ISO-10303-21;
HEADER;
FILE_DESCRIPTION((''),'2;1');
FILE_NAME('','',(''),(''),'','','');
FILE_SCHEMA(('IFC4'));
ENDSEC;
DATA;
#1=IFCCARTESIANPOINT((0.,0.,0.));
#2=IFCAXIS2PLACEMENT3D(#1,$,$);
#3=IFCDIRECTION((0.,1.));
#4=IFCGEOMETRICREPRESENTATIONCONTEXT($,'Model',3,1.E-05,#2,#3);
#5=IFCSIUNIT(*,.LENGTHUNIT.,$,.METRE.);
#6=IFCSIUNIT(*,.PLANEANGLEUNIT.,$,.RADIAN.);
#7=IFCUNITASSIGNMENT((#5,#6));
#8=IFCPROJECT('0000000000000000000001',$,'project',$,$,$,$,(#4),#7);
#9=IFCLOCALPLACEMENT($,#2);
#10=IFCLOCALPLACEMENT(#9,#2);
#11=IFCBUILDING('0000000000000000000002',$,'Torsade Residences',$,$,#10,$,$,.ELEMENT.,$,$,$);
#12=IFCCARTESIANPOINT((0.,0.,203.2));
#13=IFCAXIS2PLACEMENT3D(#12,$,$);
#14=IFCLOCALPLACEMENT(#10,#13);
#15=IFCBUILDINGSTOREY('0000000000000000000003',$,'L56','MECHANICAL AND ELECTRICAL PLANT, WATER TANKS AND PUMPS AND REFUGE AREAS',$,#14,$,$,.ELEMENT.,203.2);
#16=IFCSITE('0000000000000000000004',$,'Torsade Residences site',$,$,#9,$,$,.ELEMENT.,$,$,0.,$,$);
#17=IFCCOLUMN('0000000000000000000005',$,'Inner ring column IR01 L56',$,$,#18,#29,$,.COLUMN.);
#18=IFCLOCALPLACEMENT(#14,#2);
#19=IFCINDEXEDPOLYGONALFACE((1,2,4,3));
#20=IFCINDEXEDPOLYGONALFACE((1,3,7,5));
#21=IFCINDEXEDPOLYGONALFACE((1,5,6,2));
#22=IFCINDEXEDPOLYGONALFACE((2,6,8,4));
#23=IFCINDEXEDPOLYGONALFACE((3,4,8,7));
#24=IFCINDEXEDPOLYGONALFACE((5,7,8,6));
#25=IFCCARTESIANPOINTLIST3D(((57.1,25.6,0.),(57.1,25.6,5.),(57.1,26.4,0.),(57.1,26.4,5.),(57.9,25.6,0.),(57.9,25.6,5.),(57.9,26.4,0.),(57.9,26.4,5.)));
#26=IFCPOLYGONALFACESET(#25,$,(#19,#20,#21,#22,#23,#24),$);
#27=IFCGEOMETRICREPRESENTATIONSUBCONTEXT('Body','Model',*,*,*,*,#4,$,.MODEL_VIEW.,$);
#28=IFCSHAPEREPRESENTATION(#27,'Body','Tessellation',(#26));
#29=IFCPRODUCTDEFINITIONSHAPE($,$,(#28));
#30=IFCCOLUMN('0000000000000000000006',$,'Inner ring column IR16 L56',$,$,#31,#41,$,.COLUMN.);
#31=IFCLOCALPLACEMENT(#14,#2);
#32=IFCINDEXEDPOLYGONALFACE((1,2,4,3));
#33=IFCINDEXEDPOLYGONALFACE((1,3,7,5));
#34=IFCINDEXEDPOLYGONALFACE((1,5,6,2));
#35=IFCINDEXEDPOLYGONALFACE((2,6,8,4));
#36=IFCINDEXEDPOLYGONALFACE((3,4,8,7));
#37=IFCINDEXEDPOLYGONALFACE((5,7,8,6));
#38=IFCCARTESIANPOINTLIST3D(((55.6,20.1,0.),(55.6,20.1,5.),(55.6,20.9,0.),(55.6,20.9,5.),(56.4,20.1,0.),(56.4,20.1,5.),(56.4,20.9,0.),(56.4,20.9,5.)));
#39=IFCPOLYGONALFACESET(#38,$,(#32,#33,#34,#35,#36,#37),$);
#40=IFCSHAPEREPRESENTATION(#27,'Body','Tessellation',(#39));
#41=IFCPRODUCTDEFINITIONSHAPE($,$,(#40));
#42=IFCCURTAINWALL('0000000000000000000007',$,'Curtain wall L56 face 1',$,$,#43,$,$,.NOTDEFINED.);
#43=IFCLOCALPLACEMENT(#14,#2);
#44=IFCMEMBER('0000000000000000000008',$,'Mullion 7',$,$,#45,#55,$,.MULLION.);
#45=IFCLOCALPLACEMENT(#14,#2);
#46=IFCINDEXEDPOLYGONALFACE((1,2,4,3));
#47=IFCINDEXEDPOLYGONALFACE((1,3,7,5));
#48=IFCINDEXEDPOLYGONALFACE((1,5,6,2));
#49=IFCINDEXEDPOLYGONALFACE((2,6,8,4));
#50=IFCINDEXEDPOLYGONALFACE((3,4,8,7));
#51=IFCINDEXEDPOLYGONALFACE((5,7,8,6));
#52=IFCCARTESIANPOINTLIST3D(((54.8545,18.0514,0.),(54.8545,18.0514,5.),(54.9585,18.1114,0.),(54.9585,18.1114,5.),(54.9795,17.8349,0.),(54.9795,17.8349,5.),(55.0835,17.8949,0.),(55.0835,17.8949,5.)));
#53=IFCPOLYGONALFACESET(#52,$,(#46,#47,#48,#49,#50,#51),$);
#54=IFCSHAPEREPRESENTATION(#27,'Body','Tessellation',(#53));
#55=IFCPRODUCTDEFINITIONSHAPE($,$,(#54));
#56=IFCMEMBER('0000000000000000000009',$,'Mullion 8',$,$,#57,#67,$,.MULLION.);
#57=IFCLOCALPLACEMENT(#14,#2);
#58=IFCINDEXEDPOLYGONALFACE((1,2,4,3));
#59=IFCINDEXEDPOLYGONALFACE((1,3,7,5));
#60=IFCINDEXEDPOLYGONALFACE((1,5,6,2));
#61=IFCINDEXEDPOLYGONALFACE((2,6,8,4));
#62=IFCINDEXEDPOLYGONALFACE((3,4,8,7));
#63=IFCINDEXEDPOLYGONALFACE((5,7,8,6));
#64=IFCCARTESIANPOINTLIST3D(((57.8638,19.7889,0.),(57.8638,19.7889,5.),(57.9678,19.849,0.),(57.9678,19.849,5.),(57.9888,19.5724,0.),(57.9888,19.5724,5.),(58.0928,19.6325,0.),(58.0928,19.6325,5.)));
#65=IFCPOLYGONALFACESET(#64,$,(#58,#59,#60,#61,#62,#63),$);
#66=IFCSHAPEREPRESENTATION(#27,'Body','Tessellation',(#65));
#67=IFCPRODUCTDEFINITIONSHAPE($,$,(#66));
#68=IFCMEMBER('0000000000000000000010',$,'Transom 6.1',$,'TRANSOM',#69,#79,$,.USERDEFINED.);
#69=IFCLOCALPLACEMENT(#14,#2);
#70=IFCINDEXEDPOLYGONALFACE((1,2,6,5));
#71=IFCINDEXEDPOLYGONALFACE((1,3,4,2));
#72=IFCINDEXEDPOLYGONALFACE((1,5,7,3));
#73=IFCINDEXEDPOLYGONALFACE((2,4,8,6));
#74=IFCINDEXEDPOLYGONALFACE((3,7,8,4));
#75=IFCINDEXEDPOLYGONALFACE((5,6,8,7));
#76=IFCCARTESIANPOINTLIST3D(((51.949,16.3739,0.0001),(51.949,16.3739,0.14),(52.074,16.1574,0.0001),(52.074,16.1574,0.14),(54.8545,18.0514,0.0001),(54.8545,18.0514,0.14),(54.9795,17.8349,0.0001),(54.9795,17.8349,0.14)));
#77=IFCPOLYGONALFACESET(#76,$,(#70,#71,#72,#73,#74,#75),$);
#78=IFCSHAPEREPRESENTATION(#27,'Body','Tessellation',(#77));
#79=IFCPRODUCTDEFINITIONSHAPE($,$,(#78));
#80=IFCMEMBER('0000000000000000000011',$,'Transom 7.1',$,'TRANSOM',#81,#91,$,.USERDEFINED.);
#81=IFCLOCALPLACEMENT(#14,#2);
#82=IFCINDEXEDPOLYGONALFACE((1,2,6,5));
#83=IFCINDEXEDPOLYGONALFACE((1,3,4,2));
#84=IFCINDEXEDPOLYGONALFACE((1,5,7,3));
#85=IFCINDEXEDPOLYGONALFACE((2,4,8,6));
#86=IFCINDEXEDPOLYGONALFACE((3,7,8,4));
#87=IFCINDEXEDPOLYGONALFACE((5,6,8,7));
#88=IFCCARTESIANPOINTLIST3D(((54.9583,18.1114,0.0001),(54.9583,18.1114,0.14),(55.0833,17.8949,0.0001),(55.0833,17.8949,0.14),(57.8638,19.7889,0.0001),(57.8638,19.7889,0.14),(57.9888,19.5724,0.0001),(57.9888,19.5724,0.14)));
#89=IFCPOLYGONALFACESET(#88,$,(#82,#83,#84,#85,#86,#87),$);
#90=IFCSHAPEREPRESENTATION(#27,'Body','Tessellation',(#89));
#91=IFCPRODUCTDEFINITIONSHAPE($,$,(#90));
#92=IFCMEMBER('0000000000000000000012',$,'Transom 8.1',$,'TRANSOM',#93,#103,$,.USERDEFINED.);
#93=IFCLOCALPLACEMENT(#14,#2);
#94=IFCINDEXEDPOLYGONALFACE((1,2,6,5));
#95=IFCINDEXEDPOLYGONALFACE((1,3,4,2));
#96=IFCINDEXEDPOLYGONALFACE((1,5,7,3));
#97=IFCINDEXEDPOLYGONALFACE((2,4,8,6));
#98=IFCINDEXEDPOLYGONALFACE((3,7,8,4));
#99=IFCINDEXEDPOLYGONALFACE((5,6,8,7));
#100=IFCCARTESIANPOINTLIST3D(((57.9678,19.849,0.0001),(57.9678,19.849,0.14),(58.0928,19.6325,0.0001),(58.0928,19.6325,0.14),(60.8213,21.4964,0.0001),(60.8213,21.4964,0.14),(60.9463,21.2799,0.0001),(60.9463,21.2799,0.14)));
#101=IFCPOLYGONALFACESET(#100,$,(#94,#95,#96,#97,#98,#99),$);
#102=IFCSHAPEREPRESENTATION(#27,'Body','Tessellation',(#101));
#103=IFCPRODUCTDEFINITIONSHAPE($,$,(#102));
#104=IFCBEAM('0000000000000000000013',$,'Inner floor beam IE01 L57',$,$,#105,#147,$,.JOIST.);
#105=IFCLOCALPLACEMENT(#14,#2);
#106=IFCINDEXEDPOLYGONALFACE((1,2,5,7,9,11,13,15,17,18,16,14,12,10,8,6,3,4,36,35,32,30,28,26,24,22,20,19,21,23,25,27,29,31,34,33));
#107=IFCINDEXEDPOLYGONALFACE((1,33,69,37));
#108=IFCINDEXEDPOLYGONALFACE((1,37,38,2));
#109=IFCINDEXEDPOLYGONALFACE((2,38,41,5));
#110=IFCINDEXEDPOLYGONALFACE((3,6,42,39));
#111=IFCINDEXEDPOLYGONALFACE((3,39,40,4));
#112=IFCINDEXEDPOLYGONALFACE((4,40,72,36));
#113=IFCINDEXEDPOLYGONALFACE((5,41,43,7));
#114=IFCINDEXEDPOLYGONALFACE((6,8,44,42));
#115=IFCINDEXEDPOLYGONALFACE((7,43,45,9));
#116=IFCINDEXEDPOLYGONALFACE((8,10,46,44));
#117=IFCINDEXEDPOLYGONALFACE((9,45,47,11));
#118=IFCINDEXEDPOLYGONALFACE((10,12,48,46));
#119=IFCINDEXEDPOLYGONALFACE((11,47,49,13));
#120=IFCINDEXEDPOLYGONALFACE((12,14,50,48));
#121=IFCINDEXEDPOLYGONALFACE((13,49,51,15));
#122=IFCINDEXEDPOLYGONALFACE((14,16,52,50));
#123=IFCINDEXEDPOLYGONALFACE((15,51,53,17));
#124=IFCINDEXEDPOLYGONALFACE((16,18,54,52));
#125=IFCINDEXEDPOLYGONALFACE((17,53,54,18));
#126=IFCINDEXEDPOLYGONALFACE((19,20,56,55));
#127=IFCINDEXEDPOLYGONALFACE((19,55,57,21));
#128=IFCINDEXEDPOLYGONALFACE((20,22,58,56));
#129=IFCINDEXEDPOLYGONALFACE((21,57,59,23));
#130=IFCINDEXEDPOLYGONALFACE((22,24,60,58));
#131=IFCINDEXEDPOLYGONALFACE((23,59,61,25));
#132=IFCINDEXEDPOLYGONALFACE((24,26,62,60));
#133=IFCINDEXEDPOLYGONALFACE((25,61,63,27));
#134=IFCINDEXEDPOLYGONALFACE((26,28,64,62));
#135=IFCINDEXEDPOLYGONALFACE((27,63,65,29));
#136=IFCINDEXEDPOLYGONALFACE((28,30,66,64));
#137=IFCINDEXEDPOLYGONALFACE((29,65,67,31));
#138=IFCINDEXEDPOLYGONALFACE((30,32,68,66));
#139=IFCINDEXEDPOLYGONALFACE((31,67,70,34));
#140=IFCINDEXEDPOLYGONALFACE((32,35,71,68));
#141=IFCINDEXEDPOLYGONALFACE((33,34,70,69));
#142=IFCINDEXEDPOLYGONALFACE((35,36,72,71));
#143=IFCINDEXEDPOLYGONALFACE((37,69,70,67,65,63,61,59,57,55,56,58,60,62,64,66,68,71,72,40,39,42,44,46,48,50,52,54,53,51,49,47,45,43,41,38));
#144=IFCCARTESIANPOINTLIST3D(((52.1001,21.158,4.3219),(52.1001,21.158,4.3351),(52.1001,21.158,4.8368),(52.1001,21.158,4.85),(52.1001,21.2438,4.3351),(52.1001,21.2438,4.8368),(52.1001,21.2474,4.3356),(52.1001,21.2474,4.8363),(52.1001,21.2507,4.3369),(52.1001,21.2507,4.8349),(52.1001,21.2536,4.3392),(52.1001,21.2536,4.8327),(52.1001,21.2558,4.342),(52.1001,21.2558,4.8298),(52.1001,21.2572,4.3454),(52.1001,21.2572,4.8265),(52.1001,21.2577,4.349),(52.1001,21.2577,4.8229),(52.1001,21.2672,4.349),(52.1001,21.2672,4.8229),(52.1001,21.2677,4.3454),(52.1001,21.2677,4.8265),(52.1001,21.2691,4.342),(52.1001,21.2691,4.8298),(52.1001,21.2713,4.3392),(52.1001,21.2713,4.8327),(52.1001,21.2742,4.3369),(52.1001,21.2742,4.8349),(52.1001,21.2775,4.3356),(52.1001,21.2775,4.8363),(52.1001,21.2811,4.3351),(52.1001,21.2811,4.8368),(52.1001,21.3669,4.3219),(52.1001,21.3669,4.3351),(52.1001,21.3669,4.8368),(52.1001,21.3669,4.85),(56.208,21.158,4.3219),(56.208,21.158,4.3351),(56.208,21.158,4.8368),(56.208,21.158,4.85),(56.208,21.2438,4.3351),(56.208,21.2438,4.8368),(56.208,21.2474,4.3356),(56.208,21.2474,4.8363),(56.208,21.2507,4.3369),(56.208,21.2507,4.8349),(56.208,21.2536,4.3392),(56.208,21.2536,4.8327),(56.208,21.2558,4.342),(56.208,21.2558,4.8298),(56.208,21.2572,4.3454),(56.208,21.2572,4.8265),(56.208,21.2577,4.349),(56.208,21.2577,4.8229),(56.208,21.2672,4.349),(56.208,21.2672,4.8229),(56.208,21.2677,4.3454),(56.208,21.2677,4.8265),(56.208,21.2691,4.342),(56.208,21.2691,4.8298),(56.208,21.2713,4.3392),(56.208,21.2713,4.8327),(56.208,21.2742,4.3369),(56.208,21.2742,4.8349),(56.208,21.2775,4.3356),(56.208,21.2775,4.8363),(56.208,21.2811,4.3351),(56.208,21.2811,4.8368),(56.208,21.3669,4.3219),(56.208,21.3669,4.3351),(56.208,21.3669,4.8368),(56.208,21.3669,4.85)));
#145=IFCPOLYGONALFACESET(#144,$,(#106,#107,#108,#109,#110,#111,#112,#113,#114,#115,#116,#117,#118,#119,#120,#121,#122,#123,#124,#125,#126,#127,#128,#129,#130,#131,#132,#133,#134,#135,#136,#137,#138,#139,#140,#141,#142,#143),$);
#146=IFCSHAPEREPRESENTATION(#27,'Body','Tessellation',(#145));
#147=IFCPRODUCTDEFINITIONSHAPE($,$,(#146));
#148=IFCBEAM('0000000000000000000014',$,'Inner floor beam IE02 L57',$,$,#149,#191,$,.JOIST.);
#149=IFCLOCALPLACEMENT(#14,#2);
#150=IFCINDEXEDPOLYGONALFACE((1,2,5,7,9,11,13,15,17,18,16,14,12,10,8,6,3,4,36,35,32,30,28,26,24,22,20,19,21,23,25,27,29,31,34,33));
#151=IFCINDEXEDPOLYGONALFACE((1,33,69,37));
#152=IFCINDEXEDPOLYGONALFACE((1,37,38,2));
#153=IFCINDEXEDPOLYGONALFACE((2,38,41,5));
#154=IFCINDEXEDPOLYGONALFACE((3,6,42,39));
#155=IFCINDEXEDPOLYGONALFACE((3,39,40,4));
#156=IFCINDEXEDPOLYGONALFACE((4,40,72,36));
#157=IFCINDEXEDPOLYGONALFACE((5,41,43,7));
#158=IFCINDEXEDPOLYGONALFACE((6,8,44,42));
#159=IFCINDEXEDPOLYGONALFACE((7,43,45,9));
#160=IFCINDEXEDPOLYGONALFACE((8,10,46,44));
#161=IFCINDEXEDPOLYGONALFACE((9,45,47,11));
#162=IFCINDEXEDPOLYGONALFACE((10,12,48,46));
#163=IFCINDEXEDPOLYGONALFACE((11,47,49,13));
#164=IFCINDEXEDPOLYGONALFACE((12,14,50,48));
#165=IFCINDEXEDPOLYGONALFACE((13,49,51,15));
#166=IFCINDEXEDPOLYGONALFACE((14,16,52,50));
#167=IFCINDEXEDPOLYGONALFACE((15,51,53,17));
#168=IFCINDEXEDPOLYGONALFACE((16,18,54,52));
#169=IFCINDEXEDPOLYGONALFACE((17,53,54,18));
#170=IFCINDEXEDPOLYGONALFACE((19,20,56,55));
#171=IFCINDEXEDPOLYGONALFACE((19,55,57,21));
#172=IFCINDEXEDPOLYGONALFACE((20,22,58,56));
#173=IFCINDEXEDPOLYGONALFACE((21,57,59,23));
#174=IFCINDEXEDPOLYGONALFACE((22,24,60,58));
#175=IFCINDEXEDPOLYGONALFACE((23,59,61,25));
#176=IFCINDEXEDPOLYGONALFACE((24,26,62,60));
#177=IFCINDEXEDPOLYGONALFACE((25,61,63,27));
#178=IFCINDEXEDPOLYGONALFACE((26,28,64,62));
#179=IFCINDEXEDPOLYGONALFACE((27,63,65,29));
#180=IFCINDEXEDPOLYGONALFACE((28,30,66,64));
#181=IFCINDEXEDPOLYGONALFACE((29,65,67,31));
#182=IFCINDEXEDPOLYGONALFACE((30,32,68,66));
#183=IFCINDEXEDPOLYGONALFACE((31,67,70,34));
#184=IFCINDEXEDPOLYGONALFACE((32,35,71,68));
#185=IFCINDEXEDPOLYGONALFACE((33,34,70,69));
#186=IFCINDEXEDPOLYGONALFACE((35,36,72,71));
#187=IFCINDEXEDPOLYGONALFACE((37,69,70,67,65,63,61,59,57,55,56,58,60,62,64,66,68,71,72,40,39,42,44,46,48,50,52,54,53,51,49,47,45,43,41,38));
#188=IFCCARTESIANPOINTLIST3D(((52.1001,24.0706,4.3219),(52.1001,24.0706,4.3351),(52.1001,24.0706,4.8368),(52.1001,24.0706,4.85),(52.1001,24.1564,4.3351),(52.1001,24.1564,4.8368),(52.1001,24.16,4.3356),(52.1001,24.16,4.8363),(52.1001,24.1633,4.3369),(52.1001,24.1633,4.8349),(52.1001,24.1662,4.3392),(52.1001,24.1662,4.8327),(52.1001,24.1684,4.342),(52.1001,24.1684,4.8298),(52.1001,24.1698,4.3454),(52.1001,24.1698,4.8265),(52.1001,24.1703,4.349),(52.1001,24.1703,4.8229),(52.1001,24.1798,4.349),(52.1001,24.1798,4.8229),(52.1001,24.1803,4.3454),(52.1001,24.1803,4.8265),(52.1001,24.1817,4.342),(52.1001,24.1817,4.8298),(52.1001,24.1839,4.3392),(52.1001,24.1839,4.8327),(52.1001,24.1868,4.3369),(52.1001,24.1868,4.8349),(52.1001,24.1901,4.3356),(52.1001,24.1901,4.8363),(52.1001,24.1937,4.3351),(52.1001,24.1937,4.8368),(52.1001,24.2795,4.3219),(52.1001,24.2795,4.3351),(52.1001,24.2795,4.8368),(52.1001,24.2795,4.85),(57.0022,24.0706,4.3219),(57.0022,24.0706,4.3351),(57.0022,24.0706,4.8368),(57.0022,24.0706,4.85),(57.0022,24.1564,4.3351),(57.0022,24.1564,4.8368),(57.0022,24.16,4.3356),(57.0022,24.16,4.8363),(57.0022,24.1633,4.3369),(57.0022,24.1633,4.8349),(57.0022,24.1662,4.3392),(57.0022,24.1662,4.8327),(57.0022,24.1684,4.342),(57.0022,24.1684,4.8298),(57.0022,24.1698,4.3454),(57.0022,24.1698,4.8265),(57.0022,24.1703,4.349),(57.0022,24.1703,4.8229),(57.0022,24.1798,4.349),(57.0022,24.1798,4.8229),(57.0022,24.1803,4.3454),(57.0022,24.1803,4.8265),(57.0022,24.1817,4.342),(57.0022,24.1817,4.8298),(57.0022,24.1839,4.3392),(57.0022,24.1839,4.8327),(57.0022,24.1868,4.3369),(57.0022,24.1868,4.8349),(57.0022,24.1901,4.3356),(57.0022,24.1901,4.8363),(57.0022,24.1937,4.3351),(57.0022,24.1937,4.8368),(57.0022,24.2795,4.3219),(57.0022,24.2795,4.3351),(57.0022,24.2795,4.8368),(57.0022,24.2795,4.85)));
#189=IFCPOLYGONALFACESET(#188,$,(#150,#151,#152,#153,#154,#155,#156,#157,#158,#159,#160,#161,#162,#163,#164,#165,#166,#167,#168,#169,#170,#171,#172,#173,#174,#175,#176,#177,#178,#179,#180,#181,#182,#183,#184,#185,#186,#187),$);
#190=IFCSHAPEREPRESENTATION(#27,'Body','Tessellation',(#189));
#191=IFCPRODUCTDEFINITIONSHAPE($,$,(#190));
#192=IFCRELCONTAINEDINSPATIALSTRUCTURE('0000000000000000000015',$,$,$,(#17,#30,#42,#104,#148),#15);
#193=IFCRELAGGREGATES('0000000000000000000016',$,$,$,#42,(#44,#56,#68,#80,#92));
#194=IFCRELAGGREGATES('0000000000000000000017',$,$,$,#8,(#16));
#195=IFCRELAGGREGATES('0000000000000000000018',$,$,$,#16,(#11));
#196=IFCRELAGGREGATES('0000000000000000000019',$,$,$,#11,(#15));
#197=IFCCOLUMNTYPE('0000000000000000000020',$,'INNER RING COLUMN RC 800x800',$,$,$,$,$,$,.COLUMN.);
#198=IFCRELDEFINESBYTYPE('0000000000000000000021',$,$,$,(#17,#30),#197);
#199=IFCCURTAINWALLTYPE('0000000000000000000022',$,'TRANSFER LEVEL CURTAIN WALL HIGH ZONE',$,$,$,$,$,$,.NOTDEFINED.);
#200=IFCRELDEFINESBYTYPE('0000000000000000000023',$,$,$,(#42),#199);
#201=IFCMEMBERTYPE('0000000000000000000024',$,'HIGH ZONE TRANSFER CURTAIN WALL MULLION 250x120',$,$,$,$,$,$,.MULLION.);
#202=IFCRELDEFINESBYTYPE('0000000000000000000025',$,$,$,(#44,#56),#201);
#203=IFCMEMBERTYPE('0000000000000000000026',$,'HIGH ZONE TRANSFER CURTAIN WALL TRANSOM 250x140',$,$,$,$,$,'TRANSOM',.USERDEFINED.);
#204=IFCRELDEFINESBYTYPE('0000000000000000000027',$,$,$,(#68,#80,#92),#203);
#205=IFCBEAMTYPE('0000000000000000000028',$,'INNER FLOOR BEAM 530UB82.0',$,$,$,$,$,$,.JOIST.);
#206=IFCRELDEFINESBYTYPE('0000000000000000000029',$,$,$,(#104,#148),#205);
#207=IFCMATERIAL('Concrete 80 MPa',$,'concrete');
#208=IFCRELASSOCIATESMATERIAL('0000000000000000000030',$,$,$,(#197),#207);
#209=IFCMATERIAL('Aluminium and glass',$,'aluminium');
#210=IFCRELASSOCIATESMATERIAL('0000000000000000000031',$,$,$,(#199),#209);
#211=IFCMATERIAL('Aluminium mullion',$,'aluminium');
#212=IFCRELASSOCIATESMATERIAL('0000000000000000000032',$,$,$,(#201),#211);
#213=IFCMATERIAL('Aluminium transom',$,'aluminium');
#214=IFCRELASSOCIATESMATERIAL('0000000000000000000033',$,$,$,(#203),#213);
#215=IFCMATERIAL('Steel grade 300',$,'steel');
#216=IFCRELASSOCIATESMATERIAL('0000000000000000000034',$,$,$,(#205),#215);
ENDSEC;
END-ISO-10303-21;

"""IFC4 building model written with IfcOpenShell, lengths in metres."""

from ifc_helpers import new_model, si_unit, direction, frame, origin, origin_2d, place, context, subcontext, project, spatial, rectangle, i_section, extrude, material, material_profile, profile_set, type_object, element, aggregate, save


model = new_model("IFC4")

# Units and contexts
model_context = context("Model", 3, precision=1e-05, world=origin(), true_north=direction((0.0, 1.0)))
body_context = subcontext(model_context, "Body", "Model", "MODEL_VIEW")
ifc_project = project(units=[si_unit("LENGTHUNIT", "METRE"), si_unit("PLANEANGLEUNIT", "RADIAN")], contexts=[model_context])

# Site, building, storey
site_placement = place(None, origin())
site = spatial("IfcSite", under=ifc_project, at=site_placement, Name="Torsade Residences site", CompositionType="ELEMENT", RefElevation=0.0)
building_placement = place(site_placement, origin())
building = spatial("IfcBuilding", under=site, at=building_placement, Name="Torsade Residences", CompositionType="ELEMENT")
storey_placement = place(building_placement, frame((0.0, 0.0, 203.2)))
storey = spatial("IfcBuildingStorey", under=building, at=storey_placement, Name="L56", Description="MECHANICAL AND ELECTRICAL PLANT, WATER TANKS AND PUMPS AND REFUGE AREAS", CompositionType="ELEMENT", Elevation=203.2)

# Columns
ifc_material_1 = material(Name="Concrete 80 MPa", Category="concrete")
ifc_material_profile_1 = material_profile(ifc_material_1, rectangle(XDim=0.8, YDim=0.8, at=origin_2d()), Name="RC 800x800")
ifc_profile_set_1 = profile_set([ifc_material_profile_1], Name="Concrete 80 MPa")
column_type = type_object("IfcColumnType", Name="INNER RING COLUMN RC 800x800", PredefinedType="COLUMN", material=ifc_profile_set_1)
for number, where, z_axis, x_axis, name in (
    (1, (57.5, 26.0, 0.0), (0.0, 0.0, 1.0), (1.0, 0.0, 0.0), "Inner ring column IR01 L56"),
    (2, (56.0, 20.5, 0.0), (0.0, 0.0, 1.0), (1.0, 0.0, 0.0), "Inner ring column IR16 L56"),
):
    element("IfcColumn", number, at=place(storey_placement, frame(where, z_axis=z_axis, x_axis=x_axis)), inside=storey, type_object=column_type, Name=name, PredefinedType="COLUMN", context=body_context, shape_type="SweptSolid", body=[
        extrude(rectangle(XDim=0.8, YDim=0.8, at=origin_2d()), origin(), (0.0, 0.0, 1.0), 5.0),
    ])

# Curtain wall, members
ifc_material_2 = material(Name="Aluminium and glass", Category="aluminium")
curtain_wall_type = type_object("IfcCurtainWallType", Name="TRANSFER LEVEL CURTAIN WALL HIGH ZONE", PredefinedType="NOTDEFINED", material=ifc_material_2)
curtain_wall_placement = place(storey_placement, origin())
curtain_wall = element("IfcCurtainWall", 3, at=curtain_wall_placement, inside=storey, type_object=curtain_wall_type, Name="Curtain wall L56 face 1", PredefinedType="NOTDEFINED")
ifc_material_3 = material(Name="Aluminium mullion", Category="aluminium")
ifc_material_profile_2 = material_profile(ifc_material_3, rectangle(XDim=0.25, YDim=0.1201, at=origin_2d()), Name="HIGH ZONE TRANSFER CURTAIN WALL MULLION 250x120")
ifc_profile_set_2 = profile_set([ifc_material_profile_2], Name="Aluminium mullion")
member_type_1 = type_object("IfcMemberType", Name="HIGH ZONE TRANSFER CURTAIN WALL MULLION 250x120", PredefinedType="MULLION", material=ifc_profile_set_2)
member_1_placement = place(storey_placement, frame((54.969, 17.9731, 0.0), z_axis=(0.0, 0.0, 1.0), x_axis=(-0.5, 0.866025, 0.0)))
member_1 = element("IfcMember", 4, at=member_1_placement, type_object=member_type_1, Name="Mullion 7", PredefinedType="MULLION", context=body_context, shape_type="SweptSolid", body=[
    extrude(rectangle(XDim=0.25, YDim=0.1201, at=origin_2d()), origin(), (0.0, 0.0, 1.0), 5.0),
])
member_2_placement = place(storey_placement, frame((57.9783, 19.7107, 0.0), z_axis=(0.0, 0.0, 1.0), x_axis=(-0.5, 0.866025, 0.0)))
member_2 = element("IfcMember", 5, at=member_2_placement, type_object=member_type_1, Name="Mullion 8", PredefinedType="MULLION", context=body_context, shape_type="SweptSolid", body=[
    extrude(rectangle(XDim=0.25, YDim=0.1201, at=origin_2d()), origin(), (0.0, 0.0, 1.0), 5.0),
])
ifc_material_4 = material(Name="Aluminium transom", Category="aluminium")
ifc_material_profile_3 = material_profile(ifc_material_4, rectangle(XDim=0.25, YDim=0.1399, at=origin_2d()), Name="HIGH ZONE TRANSFER CURTAIN WALL TRANSOM 250x140")
ifc_profile_set_3 = profile_set([ifc_material_profile_3], Name="Aluminium transom")
member_type_2 = type_object("IfcMemberType", Name="HIGH ZONE TRANSFER CURTAIN WALL TRANSOM 250x140", ElementType="TRANSOM", PredefinedType="USERDEFINED", material=ifc_profile_set_3)
member_3_placement = place(storey_placement, frame((52.0115, 16.2656, 0.0701), z_axis=(0.866027, 0.499998, 0.0), x_axis=(-0.499998, 0.866027, 0.0)))
member_3 = element("IfcMember", 6, at=member_3_placement, type_object=member_type_2, Name="Transom 6.1", ObjectType="TRANSOM", PredefinedType="USERDEFINED", context=body_context, shape_type="SweptSolid", body=[
    extrude(rectangle(XDim=0.25, YDim=0.1399, at=origin_2d()), origin(), (0.0, 0.0, 1.0), 3.355),
])
member_4_placement = place(storey_placement, frame((55.0208, 18.0032, 0.0701), z_axis=(0.866027, 0.499998, 0.0), x_axis=(-0.499998, 0.866027, 0.0)))
member_4 = element("IfcMember", 7, at=member_4_placement, type_object=member_type_2, Name="Transom 7.1", ObjectType="TRANSOM", PredefinedType="USERDEFINED", context=body_context, shape_type="SweptSolid", body=[
    extrude(rectangle(XDim=0.25, YDim=0.1399, at=origin_2d()), origin(), (0.0, 0.0, 1.0), 3.355),
])
member_5_placement = place(storey_placement, frame((58.0303, 19.7407, 0.0701), z_axis=(0.866028, 0.499996, 0.0), x_axis=(-0.499996, 0.866028, 0.0)))
member_5 = element("IfcMember", 8, at=member_5_placement, type_object=member_type_2, Name="Transom 8.1", ObjectType="TRANSOM", PredefinedType="USERDEFINED", context=body_context, shape_type="SweptSolid", body=[
    extrude(rectangle(XDim=0.25, YDim=0.1399, at=origin_2d()), origin(), (0.0, 0.0, 1.0), 3.2949),
])

# Beams
ifc_material_5 = material(Name="Steel grade 300", Category="steel")
ifc_material_profile_4 = material_profile(ifc_material_5, i_section(OverallWidth=0.209, OverallDepth=0.5281, WebThickness=0.0095, FlangeThickness=0.0132, FilletRadius=0.0139, at=origin_2d()), Name="530UB82.0")
ifc_profile_set_4 = profile_set([ifc_material_profile_4], Name="Steel grade 300")
beam_type_1 = type_object("IfcBeamType", Name="INNER FLOOR BEAM 530UB82.0", PredefinedType="JOIST", material=ifc_profile_set_4)
beam_1_placement = place(storey_placement, frame((52.1001, 21.2625, 4.5859), z_axis=(1.0, 0.0, 0.0), x_axis=(0.0, 1.0, 0.0)))
element("IfcBeam", 9, at=beam_1_placement, inside=storey, type_object=beam_type_1, Name="Inner floor beam IE01 L57", PredefinedType="JOIST", context=body_context, shape_type="SweptSolid", body=[
    extrude(i_section(OverallWidth=0.209, OverallDepth=0.5281, WebThickness=0.0095, FlangeThickness=0.0132, FilletRadius=0.0139, at=origin_2d()), origin(), (0.0, 0.0, 1.0), 4.1079),
])
beam_2_placement = place(storey_placement, frame((52.1001, 24.175, 4.5859), z_axis=(1.0, 0.0, 0.0), x_axis=(0.0, 1.0, 0.0)))
element("IfcBeam", 10, at=beam_2_placement, inside=storey, type_object=beam_type_1, Name="Inner floor beam IE02 L57", PredefinedType="JOIST", context=body_context, shape_type="SweptSolid", body=[
    extrude(i_section(OverallWidth=0.209, OverallDepth=0.5281, WebThickness=0.0095, FlangeThickness=0.0132, FilletRadius=0.0139, at=origin_2d()), origin(), (0.0, 0.0, 1.0), 4.9021),
])

aggregate(curtain_wall, [member_1, member_2, member_3, member_4, member_5])

save(model, "model.ifc")
